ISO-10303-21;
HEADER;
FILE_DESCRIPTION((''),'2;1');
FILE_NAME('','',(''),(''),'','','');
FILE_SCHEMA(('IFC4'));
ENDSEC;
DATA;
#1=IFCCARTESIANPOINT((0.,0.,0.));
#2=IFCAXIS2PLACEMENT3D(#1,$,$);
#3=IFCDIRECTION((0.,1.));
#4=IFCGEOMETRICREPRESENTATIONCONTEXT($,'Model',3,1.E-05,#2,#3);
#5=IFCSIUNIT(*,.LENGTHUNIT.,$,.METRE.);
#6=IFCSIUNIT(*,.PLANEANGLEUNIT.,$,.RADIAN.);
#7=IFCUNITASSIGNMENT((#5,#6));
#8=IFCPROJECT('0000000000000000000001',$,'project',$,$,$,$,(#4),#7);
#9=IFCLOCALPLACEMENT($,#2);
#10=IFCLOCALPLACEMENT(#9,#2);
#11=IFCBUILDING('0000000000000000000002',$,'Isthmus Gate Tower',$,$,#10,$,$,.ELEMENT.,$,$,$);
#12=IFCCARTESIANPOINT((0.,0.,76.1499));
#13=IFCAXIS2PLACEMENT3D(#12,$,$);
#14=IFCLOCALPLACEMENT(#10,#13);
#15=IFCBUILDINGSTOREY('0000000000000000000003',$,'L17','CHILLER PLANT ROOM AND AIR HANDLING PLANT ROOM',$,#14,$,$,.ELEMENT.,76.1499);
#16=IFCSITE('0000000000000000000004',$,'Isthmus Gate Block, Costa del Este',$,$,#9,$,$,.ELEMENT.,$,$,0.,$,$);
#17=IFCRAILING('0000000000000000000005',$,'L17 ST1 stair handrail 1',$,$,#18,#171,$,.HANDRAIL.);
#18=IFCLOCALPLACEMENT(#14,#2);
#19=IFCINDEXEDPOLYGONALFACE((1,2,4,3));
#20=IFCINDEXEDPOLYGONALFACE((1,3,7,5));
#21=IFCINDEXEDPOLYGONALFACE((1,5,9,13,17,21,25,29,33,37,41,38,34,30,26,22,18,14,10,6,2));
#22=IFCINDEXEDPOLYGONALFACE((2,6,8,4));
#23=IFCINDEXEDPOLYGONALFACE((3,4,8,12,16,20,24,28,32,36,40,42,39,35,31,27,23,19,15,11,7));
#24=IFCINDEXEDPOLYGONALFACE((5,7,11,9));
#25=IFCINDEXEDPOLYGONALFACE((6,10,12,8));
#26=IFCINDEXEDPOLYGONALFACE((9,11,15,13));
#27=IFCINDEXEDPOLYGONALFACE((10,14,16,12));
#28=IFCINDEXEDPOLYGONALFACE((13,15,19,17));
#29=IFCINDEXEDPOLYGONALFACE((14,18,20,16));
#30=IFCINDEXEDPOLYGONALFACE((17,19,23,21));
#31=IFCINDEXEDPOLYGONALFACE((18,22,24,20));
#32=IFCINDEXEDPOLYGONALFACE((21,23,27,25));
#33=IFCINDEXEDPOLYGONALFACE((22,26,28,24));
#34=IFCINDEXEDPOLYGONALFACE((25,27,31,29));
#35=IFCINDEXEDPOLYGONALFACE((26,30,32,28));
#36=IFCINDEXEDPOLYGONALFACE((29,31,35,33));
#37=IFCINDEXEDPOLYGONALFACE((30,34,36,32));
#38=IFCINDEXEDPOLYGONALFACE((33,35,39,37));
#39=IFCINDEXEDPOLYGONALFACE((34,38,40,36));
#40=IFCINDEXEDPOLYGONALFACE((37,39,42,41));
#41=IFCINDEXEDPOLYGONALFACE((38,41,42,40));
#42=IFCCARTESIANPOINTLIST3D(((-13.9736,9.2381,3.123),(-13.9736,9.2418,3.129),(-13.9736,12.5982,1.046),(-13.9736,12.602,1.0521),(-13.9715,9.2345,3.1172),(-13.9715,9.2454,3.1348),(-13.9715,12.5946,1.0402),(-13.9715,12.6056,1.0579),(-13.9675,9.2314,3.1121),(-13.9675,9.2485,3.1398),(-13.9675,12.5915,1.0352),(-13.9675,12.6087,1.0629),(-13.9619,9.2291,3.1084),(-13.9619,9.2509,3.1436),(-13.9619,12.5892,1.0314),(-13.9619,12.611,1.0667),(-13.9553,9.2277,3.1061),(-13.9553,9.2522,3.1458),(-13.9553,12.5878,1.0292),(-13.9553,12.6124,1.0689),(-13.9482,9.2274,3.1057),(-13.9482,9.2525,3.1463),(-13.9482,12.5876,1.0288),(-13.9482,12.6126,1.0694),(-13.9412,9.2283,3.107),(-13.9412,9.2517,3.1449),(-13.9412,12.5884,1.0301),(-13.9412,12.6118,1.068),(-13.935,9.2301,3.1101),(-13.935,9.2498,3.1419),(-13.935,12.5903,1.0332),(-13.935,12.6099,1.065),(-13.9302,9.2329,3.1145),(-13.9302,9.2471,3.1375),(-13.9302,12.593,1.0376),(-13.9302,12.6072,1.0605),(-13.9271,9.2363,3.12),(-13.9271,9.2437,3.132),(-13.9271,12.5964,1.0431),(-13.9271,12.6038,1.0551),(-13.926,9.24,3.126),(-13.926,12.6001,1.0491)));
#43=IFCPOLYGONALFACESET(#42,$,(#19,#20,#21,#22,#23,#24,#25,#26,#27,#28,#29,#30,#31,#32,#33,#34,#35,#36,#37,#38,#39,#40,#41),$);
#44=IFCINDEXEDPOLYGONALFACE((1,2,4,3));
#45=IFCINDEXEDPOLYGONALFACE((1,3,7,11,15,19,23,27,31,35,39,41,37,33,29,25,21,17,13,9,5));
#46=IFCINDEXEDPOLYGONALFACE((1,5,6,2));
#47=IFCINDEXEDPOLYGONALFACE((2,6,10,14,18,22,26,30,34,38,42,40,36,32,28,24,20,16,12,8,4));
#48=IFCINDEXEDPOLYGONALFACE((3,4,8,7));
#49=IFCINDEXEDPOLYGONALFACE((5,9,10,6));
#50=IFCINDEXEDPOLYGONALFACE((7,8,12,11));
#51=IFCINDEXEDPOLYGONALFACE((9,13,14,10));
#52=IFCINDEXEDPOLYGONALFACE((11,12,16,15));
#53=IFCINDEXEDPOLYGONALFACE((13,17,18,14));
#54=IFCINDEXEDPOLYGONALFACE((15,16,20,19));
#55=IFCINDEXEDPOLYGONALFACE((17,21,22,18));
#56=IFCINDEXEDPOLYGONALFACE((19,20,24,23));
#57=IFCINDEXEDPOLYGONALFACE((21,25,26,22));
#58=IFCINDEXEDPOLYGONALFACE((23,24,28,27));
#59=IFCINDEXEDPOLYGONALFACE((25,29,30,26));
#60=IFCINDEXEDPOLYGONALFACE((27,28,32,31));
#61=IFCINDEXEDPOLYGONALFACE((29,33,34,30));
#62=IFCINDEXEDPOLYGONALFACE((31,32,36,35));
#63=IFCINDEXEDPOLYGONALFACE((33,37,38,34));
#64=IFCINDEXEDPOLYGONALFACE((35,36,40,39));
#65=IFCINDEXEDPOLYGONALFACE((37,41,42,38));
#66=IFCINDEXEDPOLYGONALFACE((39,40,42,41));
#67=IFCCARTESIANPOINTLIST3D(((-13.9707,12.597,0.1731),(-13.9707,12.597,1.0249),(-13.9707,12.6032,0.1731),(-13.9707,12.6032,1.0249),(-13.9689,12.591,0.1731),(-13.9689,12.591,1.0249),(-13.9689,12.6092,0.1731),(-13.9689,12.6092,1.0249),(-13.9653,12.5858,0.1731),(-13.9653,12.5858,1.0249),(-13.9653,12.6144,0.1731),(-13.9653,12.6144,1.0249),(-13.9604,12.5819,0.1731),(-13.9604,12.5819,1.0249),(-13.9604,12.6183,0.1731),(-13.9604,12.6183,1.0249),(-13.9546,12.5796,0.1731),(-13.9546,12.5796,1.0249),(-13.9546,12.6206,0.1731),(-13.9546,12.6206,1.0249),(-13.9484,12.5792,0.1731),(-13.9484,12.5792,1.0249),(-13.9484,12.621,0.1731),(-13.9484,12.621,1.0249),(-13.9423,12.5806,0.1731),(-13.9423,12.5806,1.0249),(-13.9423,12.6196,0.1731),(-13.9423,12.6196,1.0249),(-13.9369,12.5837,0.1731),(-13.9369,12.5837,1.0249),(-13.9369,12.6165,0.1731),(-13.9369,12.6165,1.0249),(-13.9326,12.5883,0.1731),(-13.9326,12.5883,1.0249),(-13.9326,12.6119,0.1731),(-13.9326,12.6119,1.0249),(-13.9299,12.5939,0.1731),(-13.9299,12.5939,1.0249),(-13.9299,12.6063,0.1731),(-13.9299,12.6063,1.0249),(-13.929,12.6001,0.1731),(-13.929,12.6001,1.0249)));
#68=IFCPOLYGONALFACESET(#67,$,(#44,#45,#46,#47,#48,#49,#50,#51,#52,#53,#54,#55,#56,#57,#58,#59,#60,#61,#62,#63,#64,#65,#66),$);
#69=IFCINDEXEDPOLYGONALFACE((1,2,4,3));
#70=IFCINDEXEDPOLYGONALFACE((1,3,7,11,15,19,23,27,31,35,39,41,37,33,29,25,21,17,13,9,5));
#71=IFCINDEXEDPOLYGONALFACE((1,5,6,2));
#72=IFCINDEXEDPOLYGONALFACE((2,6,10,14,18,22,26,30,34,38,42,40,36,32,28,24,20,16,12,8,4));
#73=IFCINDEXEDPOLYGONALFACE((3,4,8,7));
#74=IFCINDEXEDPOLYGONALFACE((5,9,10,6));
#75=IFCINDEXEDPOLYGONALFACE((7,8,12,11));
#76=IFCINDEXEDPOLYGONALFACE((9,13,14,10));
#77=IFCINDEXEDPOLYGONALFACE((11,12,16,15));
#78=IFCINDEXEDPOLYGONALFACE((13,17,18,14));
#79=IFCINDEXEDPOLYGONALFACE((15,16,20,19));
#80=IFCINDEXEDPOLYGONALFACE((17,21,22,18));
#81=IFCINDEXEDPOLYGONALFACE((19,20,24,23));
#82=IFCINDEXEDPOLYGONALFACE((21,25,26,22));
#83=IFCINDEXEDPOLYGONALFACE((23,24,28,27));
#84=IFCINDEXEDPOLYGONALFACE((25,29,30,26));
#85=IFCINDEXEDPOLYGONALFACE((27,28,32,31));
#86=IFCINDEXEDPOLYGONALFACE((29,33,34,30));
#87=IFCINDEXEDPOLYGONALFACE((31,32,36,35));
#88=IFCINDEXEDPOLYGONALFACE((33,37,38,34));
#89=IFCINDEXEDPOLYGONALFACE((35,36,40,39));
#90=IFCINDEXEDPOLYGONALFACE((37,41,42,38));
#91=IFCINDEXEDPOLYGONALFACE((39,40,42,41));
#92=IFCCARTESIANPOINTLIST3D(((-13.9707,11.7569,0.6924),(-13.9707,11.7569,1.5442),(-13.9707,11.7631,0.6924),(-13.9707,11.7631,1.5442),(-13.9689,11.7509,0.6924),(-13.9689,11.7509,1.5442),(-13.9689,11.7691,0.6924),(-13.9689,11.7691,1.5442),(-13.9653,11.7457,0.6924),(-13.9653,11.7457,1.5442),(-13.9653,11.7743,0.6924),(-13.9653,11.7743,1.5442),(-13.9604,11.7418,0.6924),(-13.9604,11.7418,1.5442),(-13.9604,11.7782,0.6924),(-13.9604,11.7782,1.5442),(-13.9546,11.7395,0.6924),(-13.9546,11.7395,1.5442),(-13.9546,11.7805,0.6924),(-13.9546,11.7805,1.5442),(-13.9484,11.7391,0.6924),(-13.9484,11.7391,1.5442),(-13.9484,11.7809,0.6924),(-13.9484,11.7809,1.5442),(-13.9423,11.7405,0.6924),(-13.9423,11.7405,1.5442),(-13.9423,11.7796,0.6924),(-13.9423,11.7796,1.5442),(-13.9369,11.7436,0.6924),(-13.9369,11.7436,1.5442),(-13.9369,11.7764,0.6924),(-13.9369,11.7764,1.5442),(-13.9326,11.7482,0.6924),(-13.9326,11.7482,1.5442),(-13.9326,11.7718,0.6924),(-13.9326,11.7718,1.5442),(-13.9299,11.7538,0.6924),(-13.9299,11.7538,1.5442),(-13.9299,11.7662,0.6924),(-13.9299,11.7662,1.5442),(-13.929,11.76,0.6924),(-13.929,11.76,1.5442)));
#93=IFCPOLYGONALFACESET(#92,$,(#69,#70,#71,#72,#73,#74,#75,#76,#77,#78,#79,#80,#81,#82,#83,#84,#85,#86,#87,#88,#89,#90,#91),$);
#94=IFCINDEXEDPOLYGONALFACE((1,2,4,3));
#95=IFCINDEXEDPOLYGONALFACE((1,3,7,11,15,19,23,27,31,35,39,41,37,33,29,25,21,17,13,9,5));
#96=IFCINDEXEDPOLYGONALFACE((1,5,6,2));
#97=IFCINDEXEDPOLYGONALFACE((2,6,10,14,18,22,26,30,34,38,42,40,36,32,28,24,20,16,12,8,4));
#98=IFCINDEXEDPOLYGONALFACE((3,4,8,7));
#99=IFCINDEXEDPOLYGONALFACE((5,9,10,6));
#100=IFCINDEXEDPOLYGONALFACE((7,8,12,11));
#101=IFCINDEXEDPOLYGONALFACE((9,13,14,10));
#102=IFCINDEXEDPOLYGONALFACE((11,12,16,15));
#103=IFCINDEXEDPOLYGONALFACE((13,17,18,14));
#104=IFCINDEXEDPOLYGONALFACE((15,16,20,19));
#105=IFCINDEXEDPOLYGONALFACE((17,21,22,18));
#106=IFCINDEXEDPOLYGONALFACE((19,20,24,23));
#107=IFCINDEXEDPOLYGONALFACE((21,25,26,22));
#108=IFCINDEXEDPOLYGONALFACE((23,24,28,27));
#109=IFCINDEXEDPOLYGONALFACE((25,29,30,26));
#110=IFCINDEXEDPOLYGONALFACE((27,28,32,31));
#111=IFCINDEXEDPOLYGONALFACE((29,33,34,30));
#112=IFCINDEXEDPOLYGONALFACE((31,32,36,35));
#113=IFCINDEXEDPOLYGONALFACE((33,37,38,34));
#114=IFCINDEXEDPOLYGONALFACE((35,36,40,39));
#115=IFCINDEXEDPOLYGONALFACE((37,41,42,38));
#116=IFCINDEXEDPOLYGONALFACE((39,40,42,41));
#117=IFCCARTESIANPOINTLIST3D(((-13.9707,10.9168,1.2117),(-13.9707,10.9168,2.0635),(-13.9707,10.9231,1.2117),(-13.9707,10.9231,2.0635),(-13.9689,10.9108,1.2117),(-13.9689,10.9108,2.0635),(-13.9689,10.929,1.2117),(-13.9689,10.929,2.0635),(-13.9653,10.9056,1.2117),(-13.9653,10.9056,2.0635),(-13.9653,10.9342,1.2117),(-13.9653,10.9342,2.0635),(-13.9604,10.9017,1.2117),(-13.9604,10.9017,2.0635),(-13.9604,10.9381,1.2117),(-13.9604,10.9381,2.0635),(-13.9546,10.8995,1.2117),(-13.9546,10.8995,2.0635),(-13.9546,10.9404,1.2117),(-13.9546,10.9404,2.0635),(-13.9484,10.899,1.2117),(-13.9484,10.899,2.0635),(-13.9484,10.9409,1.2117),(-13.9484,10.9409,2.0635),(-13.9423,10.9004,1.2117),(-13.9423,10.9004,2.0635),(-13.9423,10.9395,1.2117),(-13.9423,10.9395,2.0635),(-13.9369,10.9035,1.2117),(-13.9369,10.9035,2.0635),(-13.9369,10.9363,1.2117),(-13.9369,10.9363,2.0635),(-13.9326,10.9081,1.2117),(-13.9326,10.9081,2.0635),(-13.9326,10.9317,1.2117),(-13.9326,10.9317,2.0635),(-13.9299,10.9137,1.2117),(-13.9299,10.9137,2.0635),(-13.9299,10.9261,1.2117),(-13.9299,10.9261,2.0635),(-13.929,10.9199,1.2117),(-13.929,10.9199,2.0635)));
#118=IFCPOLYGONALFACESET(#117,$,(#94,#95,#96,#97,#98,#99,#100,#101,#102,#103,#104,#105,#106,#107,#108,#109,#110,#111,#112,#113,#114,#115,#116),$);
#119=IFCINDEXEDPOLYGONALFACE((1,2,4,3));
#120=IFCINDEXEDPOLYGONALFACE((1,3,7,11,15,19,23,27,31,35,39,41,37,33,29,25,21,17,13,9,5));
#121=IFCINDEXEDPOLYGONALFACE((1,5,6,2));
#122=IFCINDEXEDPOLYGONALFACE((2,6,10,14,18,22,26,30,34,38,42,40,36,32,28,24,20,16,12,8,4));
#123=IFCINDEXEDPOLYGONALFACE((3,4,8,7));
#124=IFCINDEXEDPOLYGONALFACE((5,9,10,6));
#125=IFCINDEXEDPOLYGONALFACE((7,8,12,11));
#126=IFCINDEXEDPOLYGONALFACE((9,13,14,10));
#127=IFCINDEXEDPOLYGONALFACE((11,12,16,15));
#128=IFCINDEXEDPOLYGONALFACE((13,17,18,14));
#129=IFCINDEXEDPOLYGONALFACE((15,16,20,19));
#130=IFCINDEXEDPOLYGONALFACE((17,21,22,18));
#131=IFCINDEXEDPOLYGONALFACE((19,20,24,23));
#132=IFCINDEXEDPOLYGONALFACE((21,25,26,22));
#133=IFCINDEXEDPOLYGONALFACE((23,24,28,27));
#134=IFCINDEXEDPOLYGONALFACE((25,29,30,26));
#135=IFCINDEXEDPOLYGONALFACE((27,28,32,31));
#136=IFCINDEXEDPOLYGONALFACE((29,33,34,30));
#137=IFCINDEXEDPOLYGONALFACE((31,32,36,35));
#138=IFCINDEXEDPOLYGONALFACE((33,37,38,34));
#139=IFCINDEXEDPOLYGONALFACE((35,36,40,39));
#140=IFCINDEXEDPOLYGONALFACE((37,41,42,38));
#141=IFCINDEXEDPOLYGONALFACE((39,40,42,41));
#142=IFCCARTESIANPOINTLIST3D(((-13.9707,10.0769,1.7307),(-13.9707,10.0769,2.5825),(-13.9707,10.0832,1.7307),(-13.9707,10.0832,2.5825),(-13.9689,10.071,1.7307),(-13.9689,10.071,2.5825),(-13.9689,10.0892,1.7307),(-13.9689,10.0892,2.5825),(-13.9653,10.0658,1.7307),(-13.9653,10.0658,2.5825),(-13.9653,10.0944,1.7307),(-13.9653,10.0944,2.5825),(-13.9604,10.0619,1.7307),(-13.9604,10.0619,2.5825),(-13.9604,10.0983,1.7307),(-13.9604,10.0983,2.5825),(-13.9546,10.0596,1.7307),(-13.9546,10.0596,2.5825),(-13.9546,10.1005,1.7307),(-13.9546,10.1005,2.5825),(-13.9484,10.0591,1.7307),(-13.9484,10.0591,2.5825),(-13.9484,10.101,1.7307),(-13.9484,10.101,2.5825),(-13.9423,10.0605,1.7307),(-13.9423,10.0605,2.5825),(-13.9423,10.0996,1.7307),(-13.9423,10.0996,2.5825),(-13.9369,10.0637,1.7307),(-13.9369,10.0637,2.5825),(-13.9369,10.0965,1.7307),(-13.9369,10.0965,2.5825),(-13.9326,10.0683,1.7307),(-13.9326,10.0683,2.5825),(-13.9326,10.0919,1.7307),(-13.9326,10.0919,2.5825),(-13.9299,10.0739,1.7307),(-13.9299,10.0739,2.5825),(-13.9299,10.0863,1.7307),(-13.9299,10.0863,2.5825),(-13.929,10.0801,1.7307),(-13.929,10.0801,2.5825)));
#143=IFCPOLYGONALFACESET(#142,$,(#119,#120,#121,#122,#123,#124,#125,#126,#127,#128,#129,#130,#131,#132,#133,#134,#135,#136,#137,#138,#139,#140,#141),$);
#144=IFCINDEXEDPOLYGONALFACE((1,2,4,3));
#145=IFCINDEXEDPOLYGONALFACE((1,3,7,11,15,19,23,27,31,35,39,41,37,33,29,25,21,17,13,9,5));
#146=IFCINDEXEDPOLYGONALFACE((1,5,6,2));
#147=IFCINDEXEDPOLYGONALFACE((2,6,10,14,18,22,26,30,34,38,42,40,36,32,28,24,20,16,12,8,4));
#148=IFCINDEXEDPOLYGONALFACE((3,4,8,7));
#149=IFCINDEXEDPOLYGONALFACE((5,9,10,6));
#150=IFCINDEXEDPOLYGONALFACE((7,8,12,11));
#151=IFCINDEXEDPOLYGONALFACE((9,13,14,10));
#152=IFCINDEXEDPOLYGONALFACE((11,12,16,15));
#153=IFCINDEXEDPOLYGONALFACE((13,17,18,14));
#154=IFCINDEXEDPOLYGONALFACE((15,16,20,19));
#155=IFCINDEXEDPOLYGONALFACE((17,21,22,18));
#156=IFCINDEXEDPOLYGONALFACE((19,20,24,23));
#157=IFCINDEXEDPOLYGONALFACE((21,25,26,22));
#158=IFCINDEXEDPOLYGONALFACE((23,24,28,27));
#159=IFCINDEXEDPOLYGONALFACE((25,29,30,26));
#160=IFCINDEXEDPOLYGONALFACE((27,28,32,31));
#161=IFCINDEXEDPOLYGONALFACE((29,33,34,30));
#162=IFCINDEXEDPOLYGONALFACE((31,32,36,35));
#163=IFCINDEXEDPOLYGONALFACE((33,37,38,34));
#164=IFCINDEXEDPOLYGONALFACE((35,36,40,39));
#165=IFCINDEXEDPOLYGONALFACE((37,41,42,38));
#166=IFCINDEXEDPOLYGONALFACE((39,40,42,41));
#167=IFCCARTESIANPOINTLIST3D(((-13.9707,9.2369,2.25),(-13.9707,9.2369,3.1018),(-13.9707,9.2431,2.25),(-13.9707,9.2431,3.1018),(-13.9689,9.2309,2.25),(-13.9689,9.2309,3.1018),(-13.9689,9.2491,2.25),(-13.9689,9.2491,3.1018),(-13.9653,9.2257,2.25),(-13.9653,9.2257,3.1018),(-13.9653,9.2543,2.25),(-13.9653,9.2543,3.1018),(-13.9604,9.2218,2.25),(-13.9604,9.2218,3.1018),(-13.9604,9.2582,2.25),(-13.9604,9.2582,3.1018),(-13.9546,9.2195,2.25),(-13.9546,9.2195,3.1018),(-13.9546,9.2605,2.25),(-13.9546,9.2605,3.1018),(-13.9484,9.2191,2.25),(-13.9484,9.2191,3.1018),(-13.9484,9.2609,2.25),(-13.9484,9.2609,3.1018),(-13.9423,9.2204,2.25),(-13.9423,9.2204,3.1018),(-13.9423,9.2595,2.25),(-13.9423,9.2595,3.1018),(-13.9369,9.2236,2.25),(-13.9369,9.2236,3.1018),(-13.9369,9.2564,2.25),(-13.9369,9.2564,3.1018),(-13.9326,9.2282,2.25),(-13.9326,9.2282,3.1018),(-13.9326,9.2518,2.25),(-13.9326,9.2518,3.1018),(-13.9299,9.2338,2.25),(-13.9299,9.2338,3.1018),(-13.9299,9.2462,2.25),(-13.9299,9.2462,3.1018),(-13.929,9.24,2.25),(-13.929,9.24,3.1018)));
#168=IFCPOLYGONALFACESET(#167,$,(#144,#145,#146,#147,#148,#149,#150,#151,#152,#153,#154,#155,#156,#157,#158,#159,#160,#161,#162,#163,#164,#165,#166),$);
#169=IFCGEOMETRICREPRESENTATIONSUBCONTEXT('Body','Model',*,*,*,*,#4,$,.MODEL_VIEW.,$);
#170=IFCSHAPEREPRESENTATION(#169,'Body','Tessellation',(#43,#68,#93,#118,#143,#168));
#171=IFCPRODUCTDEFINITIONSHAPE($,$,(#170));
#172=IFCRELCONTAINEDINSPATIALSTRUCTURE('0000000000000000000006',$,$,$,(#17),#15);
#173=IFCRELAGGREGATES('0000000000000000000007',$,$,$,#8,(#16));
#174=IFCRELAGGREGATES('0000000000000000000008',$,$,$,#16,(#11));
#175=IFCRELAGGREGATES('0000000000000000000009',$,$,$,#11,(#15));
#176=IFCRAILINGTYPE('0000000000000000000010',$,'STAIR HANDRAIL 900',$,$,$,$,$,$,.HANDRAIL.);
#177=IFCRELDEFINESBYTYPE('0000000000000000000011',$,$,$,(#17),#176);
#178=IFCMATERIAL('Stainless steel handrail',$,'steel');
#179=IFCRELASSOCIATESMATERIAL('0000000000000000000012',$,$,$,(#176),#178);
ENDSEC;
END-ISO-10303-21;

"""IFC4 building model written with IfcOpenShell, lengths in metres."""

from ifc_helpers import new_model, si_unit, direction, frame, origin, origin_2d, place, context, subcontext, project, spatial, circle, extrude, material, type_object, element, save


model = new_model("IFC4")

# Units and contexts
model_context = context("Model", 3, precision=1e-05, world=origin(), true_north=direction((0.0, 1.0)))
body_context = subcontext(model_context, "Body", "Model", "MODEL_VIEW")
ifc_project = project(units=[si_unit("LENGTHUNIT", "METRE"), si_unit("PLANEANGLEUNIT", "RADIAN")], contexts=[model_context])

# Site, building, storey
site_placement = place(None, origin())
site = spatial("IfcSite", under=ifc_project, at=site_placement, Name="Isthmus Gate Block, Costa del Este", CompositionType="ELEMENT", RefElevation=0.0)
building_placement = place(site_placement, origin())
building = spatial("IfcBuilding", under=site, at=building_placement, Name="Isthmus Gate Tower", CompositionType="ELEMENT")
storey_placement = place(building_placement, frame((0.0, 0.0, 76.1499)))
storey = spatial("IfcBuildingStorey", under=building, at=storey_placement, Name="L17", Description="CHILLER PLANT ROOM AND AIR HANDLING PLANT ROOM", CompositionType="ELEMENT", Elevation=76.1499)

# Railing
ifc_material_1 = material(Name="Stainless steel handrail", Category="steel")
railing_type_1 = type_object("IfcRailingType", Name="STAIR HANDRAIL 900", PredefinedType="HANDRAIL", material=ifc_material_1)
for number, where, name in (
    (1, (-13.95, 12.6001, 0.1731), "L17 ST1 stair handrail 1"),
):
    element("IfcRailing", number, at=place(storey_placement, frame(where)), inside=storey, type_object=railing_type_1, Name=name, PredefinedType="HANDRAIL", context=body_context, shape_type="SweptSolid", body=[
        extrude(circle(Radius=0.0239, at=origin_2d()), frame((0.0, 0.0, 0.876), z_axis=(0.0, -0.850623, 0.525776), x_axis=(1.0, 0.0, 0.0)), (0.0, 0.0, 1.0), 3.9502),
        extrude(circle(Radius=0.021, at=origin_2d()), origin(), (0.0, 0.0, 1.0), 0.8518),
        extrude(circle(Radius=0.021, at=origin_2d()), frame((0.0, -0.8401, 0.5193)), (0.0, 0.0, 1.0), 0.8518),
        extrude(circle(Radius=0.021, at=origin_2d()), frame((0.0, -1.6802, 1.0386)), (0.0, 0.0, 1.0), 0.8518),
        extrude(circle(Radius=0.021, at=origin_2d()), frame((0.0, -2.52, 1.5576)), (0.0, 0.0, 1.0), 0.8518),
        extrude(circle(Radius=0.021, at=origin_2d()), frame((0.0, -3.3601, 2.0769)), (0.0, 0.0, 1.0), 0.8518),
    ])

save(model, "model.ifc")
